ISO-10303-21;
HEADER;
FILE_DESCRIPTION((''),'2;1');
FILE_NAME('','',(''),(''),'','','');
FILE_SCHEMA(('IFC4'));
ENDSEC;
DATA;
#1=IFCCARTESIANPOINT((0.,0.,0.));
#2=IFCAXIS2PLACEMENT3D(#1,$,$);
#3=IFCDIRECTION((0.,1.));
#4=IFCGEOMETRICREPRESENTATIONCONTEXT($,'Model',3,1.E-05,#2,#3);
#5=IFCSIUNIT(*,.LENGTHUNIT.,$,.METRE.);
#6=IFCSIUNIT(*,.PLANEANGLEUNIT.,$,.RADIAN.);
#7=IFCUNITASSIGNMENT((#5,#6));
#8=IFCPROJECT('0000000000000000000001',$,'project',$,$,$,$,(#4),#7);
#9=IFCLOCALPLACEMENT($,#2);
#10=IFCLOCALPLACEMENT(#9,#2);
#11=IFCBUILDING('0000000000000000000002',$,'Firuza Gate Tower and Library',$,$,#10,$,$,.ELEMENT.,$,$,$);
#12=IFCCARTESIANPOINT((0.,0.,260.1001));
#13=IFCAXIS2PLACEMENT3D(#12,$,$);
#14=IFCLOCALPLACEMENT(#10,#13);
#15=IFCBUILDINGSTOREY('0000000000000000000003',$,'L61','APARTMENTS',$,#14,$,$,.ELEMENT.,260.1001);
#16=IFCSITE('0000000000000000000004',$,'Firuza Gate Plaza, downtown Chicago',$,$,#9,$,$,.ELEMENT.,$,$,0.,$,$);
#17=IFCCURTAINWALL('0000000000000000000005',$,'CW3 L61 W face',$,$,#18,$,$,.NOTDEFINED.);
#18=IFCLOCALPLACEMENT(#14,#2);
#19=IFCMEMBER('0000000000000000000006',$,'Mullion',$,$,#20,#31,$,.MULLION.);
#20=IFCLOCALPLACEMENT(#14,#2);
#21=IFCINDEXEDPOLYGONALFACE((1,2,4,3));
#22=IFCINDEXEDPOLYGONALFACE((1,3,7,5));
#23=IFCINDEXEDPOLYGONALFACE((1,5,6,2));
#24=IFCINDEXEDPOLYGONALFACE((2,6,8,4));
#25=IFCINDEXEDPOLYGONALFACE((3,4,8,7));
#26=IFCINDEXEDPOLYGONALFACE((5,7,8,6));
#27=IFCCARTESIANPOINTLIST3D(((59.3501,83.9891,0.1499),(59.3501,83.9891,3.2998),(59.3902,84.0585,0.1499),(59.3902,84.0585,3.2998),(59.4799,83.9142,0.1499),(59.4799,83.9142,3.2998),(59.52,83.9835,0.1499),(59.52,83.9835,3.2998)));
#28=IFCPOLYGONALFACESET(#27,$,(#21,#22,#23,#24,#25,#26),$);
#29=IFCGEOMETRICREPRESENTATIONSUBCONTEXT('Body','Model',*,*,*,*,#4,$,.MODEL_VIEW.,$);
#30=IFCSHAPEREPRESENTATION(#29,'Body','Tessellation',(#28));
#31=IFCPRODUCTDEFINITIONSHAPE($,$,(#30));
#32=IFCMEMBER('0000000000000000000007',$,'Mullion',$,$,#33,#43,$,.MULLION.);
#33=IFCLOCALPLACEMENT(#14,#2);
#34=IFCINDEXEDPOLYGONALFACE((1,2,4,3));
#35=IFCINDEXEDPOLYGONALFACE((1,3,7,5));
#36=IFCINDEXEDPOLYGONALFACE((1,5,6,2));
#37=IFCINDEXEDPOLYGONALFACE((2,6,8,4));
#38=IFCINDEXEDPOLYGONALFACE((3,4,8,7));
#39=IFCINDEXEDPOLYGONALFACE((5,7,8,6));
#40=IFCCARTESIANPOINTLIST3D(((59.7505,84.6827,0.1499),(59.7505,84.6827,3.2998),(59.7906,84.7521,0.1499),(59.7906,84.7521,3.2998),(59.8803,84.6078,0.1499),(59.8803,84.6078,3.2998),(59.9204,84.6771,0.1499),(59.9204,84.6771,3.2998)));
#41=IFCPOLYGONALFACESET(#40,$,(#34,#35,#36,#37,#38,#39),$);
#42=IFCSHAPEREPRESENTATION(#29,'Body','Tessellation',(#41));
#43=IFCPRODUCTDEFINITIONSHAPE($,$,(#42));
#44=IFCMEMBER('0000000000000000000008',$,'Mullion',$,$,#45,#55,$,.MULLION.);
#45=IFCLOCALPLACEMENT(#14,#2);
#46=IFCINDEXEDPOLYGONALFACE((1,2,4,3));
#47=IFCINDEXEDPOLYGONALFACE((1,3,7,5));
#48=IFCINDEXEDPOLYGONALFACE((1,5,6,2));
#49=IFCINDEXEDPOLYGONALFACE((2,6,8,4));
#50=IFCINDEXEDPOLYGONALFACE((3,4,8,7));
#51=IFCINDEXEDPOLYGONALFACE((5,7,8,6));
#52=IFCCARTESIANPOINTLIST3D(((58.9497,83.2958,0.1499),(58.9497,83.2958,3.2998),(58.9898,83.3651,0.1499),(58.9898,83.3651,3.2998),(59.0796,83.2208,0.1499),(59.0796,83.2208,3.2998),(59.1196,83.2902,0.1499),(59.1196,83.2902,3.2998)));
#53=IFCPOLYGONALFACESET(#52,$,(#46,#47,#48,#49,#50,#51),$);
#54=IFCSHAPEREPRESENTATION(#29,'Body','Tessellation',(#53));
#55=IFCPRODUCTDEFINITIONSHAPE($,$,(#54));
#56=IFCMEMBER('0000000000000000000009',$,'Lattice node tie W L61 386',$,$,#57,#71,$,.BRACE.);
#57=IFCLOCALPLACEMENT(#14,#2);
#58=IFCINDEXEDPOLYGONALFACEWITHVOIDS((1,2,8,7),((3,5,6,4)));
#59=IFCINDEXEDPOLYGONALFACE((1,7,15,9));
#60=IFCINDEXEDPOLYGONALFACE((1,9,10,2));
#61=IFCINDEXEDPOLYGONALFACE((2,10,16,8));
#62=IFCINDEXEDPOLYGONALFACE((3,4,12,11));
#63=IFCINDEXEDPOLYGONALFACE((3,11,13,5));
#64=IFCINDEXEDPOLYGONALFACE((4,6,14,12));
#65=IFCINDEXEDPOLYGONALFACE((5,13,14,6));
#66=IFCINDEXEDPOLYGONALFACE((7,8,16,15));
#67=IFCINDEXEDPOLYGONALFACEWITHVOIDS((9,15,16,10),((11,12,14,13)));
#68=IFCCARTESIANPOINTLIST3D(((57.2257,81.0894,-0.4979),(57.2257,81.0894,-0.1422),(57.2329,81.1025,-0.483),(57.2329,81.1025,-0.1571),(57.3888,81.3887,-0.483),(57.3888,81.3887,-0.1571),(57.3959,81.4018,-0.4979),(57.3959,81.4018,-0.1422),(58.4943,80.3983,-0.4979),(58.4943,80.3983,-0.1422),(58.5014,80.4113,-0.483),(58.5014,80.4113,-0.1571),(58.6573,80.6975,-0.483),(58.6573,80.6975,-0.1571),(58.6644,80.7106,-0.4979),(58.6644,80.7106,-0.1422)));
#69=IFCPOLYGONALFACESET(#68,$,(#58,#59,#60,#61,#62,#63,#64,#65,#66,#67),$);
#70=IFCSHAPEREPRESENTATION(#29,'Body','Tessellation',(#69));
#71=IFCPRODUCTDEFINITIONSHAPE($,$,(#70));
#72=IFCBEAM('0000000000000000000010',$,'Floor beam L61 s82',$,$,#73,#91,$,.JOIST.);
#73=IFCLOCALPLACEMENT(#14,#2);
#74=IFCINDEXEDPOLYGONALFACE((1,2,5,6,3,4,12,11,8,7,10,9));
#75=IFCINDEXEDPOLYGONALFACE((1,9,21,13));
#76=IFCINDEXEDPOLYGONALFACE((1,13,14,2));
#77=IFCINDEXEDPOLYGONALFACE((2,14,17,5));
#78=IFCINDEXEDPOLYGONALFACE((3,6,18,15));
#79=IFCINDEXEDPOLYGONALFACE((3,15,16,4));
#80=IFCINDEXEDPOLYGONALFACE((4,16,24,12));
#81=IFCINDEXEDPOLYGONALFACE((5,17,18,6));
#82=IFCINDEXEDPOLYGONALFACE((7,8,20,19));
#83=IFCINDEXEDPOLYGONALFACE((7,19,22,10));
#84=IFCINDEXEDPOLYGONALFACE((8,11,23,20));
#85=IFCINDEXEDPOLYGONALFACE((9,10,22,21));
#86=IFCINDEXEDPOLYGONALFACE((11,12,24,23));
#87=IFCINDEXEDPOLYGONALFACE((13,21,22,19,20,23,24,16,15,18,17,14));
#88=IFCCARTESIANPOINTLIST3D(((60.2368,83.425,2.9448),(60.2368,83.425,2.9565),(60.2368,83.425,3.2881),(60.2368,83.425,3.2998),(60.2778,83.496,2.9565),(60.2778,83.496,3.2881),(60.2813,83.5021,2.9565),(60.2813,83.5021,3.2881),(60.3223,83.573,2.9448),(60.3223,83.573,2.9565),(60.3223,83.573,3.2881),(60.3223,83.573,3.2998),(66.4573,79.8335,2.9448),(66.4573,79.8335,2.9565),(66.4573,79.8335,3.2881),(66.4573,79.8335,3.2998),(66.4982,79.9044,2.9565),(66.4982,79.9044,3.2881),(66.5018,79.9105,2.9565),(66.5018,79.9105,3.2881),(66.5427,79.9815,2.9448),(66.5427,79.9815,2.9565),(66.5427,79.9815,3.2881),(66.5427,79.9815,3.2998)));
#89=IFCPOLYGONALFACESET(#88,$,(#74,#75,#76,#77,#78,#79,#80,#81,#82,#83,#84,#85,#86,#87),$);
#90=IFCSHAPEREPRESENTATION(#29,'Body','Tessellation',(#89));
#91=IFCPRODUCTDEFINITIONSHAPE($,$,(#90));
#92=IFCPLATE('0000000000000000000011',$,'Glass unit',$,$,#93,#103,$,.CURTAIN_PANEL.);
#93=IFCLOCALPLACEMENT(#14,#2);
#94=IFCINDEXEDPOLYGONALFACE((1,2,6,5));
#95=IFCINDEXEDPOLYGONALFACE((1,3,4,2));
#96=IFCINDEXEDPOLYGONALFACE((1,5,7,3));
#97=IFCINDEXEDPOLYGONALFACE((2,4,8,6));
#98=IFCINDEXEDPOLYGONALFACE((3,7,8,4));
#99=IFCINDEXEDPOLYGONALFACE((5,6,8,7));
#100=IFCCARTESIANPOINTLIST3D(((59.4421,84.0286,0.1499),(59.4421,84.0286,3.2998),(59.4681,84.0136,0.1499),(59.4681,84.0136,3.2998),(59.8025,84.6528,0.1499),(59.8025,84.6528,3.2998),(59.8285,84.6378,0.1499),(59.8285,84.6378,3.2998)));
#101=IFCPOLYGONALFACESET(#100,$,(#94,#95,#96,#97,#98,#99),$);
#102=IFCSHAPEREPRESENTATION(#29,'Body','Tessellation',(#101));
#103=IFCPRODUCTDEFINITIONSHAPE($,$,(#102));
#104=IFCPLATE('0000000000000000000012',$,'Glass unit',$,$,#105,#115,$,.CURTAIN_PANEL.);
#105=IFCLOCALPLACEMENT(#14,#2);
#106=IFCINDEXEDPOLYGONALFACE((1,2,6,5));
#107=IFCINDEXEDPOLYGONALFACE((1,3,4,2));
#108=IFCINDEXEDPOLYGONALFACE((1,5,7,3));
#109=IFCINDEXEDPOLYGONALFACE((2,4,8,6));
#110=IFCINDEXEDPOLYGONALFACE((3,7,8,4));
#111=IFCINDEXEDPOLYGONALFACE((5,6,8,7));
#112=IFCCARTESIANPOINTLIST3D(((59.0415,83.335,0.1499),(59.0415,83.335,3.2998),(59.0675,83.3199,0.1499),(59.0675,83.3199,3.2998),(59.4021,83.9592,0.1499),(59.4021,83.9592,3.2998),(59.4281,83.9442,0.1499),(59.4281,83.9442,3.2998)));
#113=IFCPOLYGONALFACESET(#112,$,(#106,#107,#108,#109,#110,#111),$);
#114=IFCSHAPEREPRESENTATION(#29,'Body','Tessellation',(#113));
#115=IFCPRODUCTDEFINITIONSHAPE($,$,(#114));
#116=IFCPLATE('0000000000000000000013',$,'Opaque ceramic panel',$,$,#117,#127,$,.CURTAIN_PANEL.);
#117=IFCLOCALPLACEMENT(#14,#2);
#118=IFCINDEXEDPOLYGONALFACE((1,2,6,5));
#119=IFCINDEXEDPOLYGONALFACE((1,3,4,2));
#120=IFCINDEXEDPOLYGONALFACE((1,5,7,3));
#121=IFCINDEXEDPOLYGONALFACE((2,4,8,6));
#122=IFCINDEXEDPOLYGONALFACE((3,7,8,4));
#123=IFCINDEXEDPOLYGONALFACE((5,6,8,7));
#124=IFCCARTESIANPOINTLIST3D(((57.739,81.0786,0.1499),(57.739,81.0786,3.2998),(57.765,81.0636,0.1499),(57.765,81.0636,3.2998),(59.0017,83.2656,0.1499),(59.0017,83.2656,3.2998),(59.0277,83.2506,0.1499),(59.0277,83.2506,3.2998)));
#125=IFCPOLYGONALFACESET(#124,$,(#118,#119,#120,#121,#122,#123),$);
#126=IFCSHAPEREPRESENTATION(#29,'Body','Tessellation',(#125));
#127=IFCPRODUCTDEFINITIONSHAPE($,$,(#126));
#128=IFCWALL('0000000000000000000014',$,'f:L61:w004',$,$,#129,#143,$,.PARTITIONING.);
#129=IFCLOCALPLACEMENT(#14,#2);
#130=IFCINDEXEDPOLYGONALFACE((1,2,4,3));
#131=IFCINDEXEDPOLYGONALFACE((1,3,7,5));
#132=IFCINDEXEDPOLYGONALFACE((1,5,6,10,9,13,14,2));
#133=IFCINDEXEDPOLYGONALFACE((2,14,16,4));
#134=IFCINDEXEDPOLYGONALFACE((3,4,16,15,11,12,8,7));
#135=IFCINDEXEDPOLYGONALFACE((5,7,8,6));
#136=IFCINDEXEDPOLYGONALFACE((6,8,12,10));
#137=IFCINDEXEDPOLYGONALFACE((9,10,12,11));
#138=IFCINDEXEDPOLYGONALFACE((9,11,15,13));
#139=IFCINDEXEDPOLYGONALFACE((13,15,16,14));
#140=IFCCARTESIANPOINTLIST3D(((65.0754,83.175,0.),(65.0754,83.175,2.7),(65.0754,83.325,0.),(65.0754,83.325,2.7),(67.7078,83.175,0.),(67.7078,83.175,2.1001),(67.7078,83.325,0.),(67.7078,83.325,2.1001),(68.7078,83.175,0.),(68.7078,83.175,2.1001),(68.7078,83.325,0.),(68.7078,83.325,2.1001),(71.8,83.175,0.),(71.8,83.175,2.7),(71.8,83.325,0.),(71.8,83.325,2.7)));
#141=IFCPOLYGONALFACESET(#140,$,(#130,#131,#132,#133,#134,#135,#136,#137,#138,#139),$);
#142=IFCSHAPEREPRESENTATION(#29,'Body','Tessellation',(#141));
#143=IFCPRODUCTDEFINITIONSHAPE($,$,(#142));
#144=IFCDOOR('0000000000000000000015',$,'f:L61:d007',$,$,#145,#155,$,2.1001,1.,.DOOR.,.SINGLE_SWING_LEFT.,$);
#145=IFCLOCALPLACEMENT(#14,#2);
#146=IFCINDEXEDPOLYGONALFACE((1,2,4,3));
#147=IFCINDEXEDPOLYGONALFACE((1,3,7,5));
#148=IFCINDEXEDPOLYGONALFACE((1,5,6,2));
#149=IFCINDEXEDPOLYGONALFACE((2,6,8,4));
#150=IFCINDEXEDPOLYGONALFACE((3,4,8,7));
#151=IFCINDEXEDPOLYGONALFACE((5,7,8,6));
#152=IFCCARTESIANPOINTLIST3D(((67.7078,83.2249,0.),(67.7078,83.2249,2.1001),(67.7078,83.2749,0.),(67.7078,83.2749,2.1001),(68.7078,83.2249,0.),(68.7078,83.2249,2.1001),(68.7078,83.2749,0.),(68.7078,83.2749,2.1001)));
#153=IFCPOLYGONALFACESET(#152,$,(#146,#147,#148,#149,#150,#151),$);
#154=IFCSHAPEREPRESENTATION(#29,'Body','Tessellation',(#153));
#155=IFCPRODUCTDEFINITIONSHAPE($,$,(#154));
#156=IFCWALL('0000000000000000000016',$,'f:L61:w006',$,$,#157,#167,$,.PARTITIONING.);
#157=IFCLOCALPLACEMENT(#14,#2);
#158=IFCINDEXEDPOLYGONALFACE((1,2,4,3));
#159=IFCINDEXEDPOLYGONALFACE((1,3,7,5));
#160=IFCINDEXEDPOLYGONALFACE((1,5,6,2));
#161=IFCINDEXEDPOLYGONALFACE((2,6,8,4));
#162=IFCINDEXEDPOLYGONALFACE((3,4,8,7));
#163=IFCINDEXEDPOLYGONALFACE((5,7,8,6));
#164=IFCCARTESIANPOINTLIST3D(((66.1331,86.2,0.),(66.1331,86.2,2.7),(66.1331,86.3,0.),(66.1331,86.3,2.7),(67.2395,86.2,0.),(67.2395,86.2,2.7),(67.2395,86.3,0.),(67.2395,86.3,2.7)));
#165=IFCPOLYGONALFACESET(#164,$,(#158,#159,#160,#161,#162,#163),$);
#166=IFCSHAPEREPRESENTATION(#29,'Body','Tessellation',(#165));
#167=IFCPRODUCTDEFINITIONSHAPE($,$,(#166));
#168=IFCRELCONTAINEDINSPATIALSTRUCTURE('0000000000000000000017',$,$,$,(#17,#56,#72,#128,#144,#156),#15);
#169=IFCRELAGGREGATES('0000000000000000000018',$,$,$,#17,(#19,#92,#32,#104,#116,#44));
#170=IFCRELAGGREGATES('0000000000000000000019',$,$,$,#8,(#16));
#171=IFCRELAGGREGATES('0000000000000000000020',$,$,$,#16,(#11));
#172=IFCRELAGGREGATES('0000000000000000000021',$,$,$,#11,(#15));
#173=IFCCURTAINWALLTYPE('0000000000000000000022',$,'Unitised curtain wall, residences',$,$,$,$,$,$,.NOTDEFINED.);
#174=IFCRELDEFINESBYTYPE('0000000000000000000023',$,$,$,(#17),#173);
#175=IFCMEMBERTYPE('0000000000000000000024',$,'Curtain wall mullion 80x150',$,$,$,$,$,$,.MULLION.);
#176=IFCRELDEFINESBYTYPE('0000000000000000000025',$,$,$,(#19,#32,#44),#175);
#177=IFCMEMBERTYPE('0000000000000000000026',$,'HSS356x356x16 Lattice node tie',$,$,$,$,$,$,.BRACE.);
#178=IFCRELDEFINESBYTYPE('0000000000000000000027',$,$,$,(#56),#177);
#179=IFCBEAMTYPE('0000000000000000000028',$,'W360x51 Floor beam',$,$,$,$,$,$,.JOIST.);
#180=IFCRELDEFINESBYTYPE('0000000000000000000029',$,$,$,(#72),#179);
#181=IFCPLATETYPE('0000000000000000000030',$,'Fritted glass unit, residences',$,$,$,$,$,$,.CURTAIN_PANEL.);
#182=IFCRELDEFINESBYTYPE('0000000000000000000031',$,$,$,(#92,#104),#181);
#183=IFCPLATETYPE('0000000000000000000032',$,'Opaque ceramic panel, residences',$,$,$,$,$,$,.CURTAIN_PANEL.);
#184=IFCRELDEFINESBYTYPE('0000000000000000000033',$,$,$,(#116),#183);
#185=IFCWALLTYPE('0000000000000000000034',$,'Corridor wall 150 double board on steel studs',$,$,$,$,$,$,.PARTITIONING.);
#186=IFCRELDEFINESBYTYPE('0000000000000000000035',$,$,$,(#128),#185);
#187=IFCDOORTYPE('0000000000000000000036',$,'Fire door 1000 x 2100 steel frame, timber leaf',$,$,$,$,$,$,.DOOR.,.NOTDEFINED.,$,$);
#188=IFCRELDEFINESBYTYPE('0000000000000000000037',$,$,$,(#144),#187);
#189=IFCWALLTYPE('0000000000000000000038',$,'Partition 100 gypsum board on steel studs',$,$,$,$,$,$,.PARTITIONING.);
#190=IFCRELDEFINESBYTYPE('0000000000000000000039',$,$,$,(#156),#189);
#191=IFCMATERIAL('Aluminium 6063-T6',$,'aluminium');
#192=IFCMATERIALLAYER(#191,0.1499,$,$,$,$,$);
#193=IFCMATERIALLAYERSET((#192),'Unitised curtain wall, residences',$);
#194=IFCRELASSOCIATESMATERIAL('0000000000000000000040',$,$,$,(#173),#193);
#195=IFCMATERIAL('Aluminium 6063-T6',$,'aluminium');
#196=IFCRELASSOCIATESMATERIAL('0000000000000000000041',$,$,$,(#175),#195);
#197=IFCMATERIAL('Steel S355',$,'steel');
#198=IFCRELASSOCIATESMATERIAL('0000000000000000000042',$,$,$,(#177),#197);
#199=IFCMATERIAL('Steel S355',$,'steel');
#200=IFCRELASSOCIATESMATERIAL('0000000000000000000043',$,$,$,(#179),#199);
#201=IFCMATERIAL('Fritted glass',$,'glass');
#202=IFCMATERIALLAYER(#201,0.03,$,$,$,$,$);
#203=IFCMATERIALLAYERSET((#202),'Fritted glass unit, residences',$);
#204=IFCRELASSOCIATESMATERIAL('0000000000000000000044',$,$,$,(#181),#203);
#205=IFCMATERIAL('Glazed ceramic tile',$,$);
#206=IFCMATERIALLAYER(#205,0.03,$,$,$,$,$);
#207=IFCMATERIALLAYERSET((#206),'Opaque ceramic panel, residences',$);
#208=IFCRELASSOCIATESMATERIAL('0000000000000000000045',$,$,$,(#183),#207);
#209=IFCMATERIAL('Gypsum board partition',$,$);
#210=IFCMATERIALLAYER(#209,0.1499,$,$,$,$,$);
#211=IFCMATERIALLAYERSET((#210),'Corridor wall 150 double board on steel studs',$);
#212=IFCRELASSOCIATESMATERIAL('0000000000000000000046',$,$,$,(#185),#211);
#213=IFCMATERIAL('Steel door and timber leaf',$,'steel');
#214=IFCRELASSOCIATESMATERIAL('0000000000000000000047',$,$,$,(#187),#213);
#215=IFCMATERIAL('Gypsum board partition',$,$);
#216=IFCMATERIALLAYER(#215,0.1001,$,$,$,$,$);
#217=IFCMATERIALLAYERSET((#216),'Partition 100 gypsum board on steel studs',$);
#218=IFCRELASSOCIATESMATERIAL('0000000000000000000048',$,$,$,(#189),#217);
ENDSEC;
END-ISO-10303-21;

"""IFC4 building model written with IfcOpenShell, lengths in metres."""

from ifc_helpers import new_model, si_unit, direction, frame, frame_2d, origin, origin_2d, place, context, subcontext, project, spatial, polyline, rectangle, hollow_rectangle, i_section, outline, extrude, material, layer, layer_set, material_profile, profile_set, type_object, element, fill, aggregate, save


model = new_model("IFC4")

# Units and contexts
model_context = context("Model", 3, precision=1e-05, world=origin(), true_north=direction((0.0, 1.0)))
body_context = subcontext(model_context, "Body", "Model", "MODEL_VIEW")
ifc_project = project(units=[si_unit("LENGTHUNIT", "METRE"), si_unit("PLANEANGLEUNIT", "RADIAN")], contexts=[model_context])

# Site, building, storey
site_placement = place(None, origin())
site = spatial("IfcSite", under=ifc_project, at=site_placement, Name="Firuza Gate Plaza, downtown Chicago", CompositionType="ELEMENT", RefElevation=0.0)
building_placement = place(site_placement, origin())
building = spatial("IfcBuilding", under=site, at=building_placement, Name="Firuza Gate Tower and Library", CompositionType="ELEMENT")
storey_placement = place(building_placement, frame((0.0, 0.0, 260.1001)))
storey = spatial("IfcBuildingStorey", under=building, at=storey_placement, Name="L61", Description="APARTMENTS", CompositionType="ELEMENT", Elevation=260.1001)

# Curtain wall, members
ifc_material_1 = material(Name="Aluminium 6063-T6", Category="aluminium")
ifc_layer_1 = layer(ifc_material_1, 0.1499)
ifc_layer_set_1 = layer_set([ifc_layer_1], Name="Unitised curtain wall, residences")
curtain_wall_type = type_object("IfcCurtainWallType", Name="Unitised curtain wall, residences", PredefinedType="NOTDEFINED", material=ifc_layer_set_1)
curtain_wall_placement = place(storey_placement, origin())
curtain_wall = element("IfcCurtainWall", 1, at=curtain_wall_placement, inside=storey, type_object=curtain_wall_type, Name="CW3 L61 W face", PredefinedType="NOTDEFINED")
ifc_material_2 = material(Name="Aluminium 6063-T6", Category="aluminium")
ifc_material_profile_1 = material_profile(ifc_material_2, rectangle(XDim=0.1499, YDim=0.0801, at=origin_2d()))
ifc_profile_set_1 = profile_set([ifc_material_profile_1], Name="Aluminium 6063-T6")
member_type_1 = type_object("IfcMemberType", Name="Curtain wall mullion 80x150", PredefinedType="MULLION", material=ifc_profile_set_1)
member_1_placement = place(storey_placement, frame((59.4351, 83.9863, 0.1499), z_axis=(0.0, 0.0, 1.0), x_axis=(0.866025, -0.5, 0.0)))
member_1 = element("IfcMember", 2, at=member_1_placement, type_object=member_type_1, Name="Mullion", PredefinedType="MULLION", context=body_context, shape_type="SweptSolid", body=[
    extrude(rectangle(XDim=0.1499, YDim=0.0801, at=origin_2d()), origin(), (0.0, 0.0, 1.0), 3.1499),
])
member_2_placement = place(storey_placement, frame((59.8354, 84.6799, 0.1499), z_axis=(0.0, 0.0, 1.0), x_axis=(0.866025, -0.5, 0.0)))
member_2 = element("IfcMember", 3, at=member_2_placement, type_object=member_type_1, Name="Mullion", PredefinedType="MULLION", context=body_context, shape_type="SweptSolid", body=[
    extrude(rectangle(XDim=0.1499, YDim=0.0801, at=origin_2d()), origin(), (0.0, 0.0, 1.0), 3.1499),
])
member_3_placement = place(storey_placement, frame((59.0347, 83.293, 0.1499), z_axis=(0.0, 0.0, 1.0), x_axis=(0.866025, -0.5, 0.0)))
member_3 = element("IfcMember", 4, at=member_3_placement, type_object=member_type_1, Name="Mullion", PredefinedType="MULLION", context=body_context, shape_type="SweptSolid", body=[
    extrude(rectangle(XDim=0.1499, YDim=0.0801, at=origin_2d()), origin(), (0.0, 0.0, 1.0), 3.1499),
])

# Member
ifc_material_3 = material(Name="Steel S355", Category="steel")
ifc_material_profile_2 = material_profile(ifc_material_3, hollow_rectangle(XDim=0.3557, YDim=0.3557, WallThickness=0.0149, at=origin_2d()))
ifc_profile_set_2 = profile_set([ifc_material_profile_2], Name="Steel S355")
member_type_2 = type_object("IfcMemberType", Name="HSS356x356x16 Lattice node tie", PredefinedType="BRACE", material=ifc_profile_set_2)
member_4_placement = place(storey_placement, frame((58.5793, 80.5544, -0.3201), z_axis=(-0.878122, 0.478438, 0.0), x_axis=(-0.478438, -0.878122, 0.0)))
element("IfcMember", 5, at=member_4_placement, inside=storey, type_object=member_type_2, Name="Lattice node tie W L61 386", PredefinedType="BRACE", context=body_context, shape_type="SweptSolid", body=[
    extrude(hollow_rectangle(XDim=0.3557, YDim=0.3557, WallThickness=0.0149, at=origin_2d()), origin(), (0.0, 0.0, 1.0), 1.4446),
])

# Beam
ifc_material_4 = material(Name="Steel S355", Category="steel")
ifc_material_profile_3 = material_profile(ifc_material_4, i_section(OverallWidth=0.1709, OverallDepth=0.355, WebThickness=0.0071, FlangeThickness=0.0117, at=origin_2d()))
ifc_profile_set_3 = profile_set([ifc_material_profile_3], Name="Steel S355")
beam_type = type_object("IfcBeamType", Name="W360x51 Floor beam", PredefinedType="JOIST", material=ifc_profile_set_3)
beam_placement = place(storey_placement, frame((60.2795, 83.499, 3.1223), z_axis=(0.866015, -0.500018, 0.0), x_axis=(0.500018, 0.866015, 0.0)))
element("IfcBeam", 6, at=beam_placement, inside=storey, type_object=beam_type, Name="Floor beam L61 s82", PredefinedType="JOIST", context=body_context, shape_type="SweptSolid", body=[
    extrude(i_section(OverallWidth=0.1709, OverallDepth=0.355, WebThickness=0.0071, FlangeThickness=0.0117, at=origin_2d()), origin(), (0.0, 0.0, 1.0), 7.1829),
])

# Plates
ifc_material_5 = material(Name="Fritted glass", Category="glass")
ifc_layer_2 = layer(ifc_material_5, 0.03)
ifc_layer_set_2 = layer_set([ifc_layer_2], Name="Fritted glass unit, residences")
plate_type_1 = type_object("IfcPlateType", Name="Fritted glass unit, residences", PredefinedType="CURTAIN_PANEL", material=ifc_layer_set_2)
plate_1_placement = place(storey_placement, frame((59.8025, 84.6528, 0.1499), z_axis=(-0.866067, 0.499928, 0.0), x_axis=(-0.499928, -0.866067, 0.0)))
plate_1 = element("IfcPlate", 7, at=plate_1_placement, type_object=plate_type_1, Name="Glass unit", PredefinedType="CURTAIN_PANEL", context=body_context, shape_type="SweptSolid", body=[
    extrude(outline(polyline([(0.0, 0.0), (0.7208, 0.0), (0.7208, 3.1499), (0.0, 3.1499), (0.0, 0.0)])), origin(), (0.0, 0.0, -1.0), 0.03),
])
plate_2_placement = place(storey_placement, frame((59.4021, 83.9592, 0.1499), z_axis=(-0.86592, 0.500182, 0.0), x_axis=(-0.500182, -0.86592, 0.0)))
plate_2 = element("IfcPlate", 8, at=plate_2_placement, type_object=plate_type_1, Name="Glass unit", PredefinedType="CURTAIN_PANEL", context=body_context, shape_type="SweptSolid", body=[
    extrude(outline(polyline([(0.0, 0.0), (0.7209, 0.0), (0.7209, 3.1499), (0.0, 3.1499), (0.0, 0.0)])), origin(), (0.0, 0.0, -1.0), 0.03),
])
ifc_material_6 = material(Name="Glazed ceramic tile")
ifc_layer_3 = layer(ifc_material_6, 0.03)
ifc_layer_set_3 = layer_set([ifc_layer_3], Name="Opaque ceramic panel, residences")
plate_type_2 = type_object("IfcPlateType", Name="Opaque ceramic panel, residences", PredefinedType="CURTAIN_PANEL", material=ifc_layer_set_3)
plate_3_placement = place(storey_placement, frame((59.0017, 83.2656, 0.1499), z_axis=(-0.866021, 0.500007, 0.0), x_axis=(-0.500007, -0.866021, 0.0)))
plate_3 = element("IfcPlate", 9, at=plate_3_placement, type_object=plate_type_2, Name="Opaque ceramic panel", PredefinedType="CURTAIN_PANEL", context=body_context, shape_type="SweptSolid", body=[
    extrude(outline(polyline([(0.0, 0.0), (2.5254, 0.0), (2.5254, 3.1499), (0.0, 3.1499), (0.0, 0.0)])), origin(), (0.0, 0.0, -1.0), 0.03),
])
aggregate(curtain_wall, [member_1, plate_1, member_2, plate_2, plate_3, member_3])

# Wall, opening, door
ifc_material_7 = material(Name="Gypsum board partition")
ifc_layer_4 = layer(ifc_material_7, 0.1499)
ifc_layer_set_4 = layer_set([ifc_layer_4], Name="Corridor wall 150 double board on steel studs")
wall_type_1 = type_object("IfcWallType", Name="Corridor wall 150 double board on steel studs", PredefinedType="PARTITIONING", material=ifc_layer_set_4)
wall_1_placement = place(storey_placement, frame((65.0754, 83.25, 0.0), z_axis=(0.0, 0.0, 1.0), x_axis=(1.0, 0.0, 0.0)))
wall_1 = element("IfcWall", 10, at=wall_1_placement, inside=storey, type_object=wall_type_1, Name="f:L61:w004", PredefinedType="PARTITIONING", context=body_context, shape_type="SweptSolid", body=[
    extrude(rectangle(XDim=6.7246, YDim=0.1499, at=frame_2d((3.3623, 0.0))), origin(), (0.0, 0.0, 1.0), 2.7),
])
opening_1_placement = place(wall_1_placement, frame((2.6323, 0.0, 0.0)))
opening_1 = element("IfcOpeningElement", 11, at=opening_1_placement, cuts=wall_1, PredefinedType="OPENING", context=body_context, shape_type="SweptSolid", body=[
    extrude(rectangle(XDim=1.0, YDim=2.1001, at=frame_2d((0.5, 1.05))), frame((0.0, 0.085, 0.0), z_axis=(0.0, -1.0, 0.0), x_axis=(1.0, 0.0, 0.0)), (0.0, 0.0, 1.0), 0.1699),
])
ifc_material_8 = material(Name="Steel door and timber leaf", Category="steel")
door_type_1 = type_object("IfcDoorType", Name="Fire door 1000 x 2100 steel frame, timber leaf", OperationType="NOTDEFINED", PredefinedType="DOOR", material=ifc_material_8)
door_1_placement = place(opening_1_placement, origin())
door_1 = element("IfcDoor", 12, at=door_1_placement, inside=storey, type_object=door_type_1, Name="f:L61:d007", OperationType="SINGLE_SWING_LEFT", OverallHeight=2.1001, OverallWidth=1.0, PredefinedType="DOOR", context=body_context, shape_type="SweptSolid", body=[
    extrude(rectangle(XDim=1.0, YDim=2.1001, at=frame_2d((0.5, 1.05))), frame((0.0, 0.0249, 0.0), z_axis=(0.0, -1.0, 0.0), x_axis=(1.0, 0.0, 0.0)), (0.0, 0.0, 1.0), 0.05),
])
fill(opening_1, door_1)

# Wall
ifc_material_9 = material(Name="Gypsum board partition")
ifc_layer_5 = layer(ifc_material_9, 0.1001)
ifc_layer_set_5 = layer_set([ifc_layer_5], Name="Partition 100 gypsum board on steel studs")
wall_type_2 = type_object("IfcWallType", Name="Partition 100 gypsum board on steel studs", PredefinedType="PARTITIONING", material=ifc_layer_set_5)
wall_2_placement = place(storey_placement, frame((66.1331, 86.25, 0.0), z_axis=(0.0, 0.0, 1.0), x_axis=(1.0, 0.0, 0.0)))
element("IfcWall", 13, at=wall_2_placement, inside=storey, type_object=wall_type_2, Name="f:L61:w006", PredefinedType="PARTITIONING", context=body_context, shape_type="SweptSolid", body=[
    extrude(rectangle(XDim=1.1064, YDim=0.1001, at=frame_2d((0.5532, 0.0))), origin(), (0.0, 0.0, 1.0), 2.7),
])

save(model, "model.ifc")
